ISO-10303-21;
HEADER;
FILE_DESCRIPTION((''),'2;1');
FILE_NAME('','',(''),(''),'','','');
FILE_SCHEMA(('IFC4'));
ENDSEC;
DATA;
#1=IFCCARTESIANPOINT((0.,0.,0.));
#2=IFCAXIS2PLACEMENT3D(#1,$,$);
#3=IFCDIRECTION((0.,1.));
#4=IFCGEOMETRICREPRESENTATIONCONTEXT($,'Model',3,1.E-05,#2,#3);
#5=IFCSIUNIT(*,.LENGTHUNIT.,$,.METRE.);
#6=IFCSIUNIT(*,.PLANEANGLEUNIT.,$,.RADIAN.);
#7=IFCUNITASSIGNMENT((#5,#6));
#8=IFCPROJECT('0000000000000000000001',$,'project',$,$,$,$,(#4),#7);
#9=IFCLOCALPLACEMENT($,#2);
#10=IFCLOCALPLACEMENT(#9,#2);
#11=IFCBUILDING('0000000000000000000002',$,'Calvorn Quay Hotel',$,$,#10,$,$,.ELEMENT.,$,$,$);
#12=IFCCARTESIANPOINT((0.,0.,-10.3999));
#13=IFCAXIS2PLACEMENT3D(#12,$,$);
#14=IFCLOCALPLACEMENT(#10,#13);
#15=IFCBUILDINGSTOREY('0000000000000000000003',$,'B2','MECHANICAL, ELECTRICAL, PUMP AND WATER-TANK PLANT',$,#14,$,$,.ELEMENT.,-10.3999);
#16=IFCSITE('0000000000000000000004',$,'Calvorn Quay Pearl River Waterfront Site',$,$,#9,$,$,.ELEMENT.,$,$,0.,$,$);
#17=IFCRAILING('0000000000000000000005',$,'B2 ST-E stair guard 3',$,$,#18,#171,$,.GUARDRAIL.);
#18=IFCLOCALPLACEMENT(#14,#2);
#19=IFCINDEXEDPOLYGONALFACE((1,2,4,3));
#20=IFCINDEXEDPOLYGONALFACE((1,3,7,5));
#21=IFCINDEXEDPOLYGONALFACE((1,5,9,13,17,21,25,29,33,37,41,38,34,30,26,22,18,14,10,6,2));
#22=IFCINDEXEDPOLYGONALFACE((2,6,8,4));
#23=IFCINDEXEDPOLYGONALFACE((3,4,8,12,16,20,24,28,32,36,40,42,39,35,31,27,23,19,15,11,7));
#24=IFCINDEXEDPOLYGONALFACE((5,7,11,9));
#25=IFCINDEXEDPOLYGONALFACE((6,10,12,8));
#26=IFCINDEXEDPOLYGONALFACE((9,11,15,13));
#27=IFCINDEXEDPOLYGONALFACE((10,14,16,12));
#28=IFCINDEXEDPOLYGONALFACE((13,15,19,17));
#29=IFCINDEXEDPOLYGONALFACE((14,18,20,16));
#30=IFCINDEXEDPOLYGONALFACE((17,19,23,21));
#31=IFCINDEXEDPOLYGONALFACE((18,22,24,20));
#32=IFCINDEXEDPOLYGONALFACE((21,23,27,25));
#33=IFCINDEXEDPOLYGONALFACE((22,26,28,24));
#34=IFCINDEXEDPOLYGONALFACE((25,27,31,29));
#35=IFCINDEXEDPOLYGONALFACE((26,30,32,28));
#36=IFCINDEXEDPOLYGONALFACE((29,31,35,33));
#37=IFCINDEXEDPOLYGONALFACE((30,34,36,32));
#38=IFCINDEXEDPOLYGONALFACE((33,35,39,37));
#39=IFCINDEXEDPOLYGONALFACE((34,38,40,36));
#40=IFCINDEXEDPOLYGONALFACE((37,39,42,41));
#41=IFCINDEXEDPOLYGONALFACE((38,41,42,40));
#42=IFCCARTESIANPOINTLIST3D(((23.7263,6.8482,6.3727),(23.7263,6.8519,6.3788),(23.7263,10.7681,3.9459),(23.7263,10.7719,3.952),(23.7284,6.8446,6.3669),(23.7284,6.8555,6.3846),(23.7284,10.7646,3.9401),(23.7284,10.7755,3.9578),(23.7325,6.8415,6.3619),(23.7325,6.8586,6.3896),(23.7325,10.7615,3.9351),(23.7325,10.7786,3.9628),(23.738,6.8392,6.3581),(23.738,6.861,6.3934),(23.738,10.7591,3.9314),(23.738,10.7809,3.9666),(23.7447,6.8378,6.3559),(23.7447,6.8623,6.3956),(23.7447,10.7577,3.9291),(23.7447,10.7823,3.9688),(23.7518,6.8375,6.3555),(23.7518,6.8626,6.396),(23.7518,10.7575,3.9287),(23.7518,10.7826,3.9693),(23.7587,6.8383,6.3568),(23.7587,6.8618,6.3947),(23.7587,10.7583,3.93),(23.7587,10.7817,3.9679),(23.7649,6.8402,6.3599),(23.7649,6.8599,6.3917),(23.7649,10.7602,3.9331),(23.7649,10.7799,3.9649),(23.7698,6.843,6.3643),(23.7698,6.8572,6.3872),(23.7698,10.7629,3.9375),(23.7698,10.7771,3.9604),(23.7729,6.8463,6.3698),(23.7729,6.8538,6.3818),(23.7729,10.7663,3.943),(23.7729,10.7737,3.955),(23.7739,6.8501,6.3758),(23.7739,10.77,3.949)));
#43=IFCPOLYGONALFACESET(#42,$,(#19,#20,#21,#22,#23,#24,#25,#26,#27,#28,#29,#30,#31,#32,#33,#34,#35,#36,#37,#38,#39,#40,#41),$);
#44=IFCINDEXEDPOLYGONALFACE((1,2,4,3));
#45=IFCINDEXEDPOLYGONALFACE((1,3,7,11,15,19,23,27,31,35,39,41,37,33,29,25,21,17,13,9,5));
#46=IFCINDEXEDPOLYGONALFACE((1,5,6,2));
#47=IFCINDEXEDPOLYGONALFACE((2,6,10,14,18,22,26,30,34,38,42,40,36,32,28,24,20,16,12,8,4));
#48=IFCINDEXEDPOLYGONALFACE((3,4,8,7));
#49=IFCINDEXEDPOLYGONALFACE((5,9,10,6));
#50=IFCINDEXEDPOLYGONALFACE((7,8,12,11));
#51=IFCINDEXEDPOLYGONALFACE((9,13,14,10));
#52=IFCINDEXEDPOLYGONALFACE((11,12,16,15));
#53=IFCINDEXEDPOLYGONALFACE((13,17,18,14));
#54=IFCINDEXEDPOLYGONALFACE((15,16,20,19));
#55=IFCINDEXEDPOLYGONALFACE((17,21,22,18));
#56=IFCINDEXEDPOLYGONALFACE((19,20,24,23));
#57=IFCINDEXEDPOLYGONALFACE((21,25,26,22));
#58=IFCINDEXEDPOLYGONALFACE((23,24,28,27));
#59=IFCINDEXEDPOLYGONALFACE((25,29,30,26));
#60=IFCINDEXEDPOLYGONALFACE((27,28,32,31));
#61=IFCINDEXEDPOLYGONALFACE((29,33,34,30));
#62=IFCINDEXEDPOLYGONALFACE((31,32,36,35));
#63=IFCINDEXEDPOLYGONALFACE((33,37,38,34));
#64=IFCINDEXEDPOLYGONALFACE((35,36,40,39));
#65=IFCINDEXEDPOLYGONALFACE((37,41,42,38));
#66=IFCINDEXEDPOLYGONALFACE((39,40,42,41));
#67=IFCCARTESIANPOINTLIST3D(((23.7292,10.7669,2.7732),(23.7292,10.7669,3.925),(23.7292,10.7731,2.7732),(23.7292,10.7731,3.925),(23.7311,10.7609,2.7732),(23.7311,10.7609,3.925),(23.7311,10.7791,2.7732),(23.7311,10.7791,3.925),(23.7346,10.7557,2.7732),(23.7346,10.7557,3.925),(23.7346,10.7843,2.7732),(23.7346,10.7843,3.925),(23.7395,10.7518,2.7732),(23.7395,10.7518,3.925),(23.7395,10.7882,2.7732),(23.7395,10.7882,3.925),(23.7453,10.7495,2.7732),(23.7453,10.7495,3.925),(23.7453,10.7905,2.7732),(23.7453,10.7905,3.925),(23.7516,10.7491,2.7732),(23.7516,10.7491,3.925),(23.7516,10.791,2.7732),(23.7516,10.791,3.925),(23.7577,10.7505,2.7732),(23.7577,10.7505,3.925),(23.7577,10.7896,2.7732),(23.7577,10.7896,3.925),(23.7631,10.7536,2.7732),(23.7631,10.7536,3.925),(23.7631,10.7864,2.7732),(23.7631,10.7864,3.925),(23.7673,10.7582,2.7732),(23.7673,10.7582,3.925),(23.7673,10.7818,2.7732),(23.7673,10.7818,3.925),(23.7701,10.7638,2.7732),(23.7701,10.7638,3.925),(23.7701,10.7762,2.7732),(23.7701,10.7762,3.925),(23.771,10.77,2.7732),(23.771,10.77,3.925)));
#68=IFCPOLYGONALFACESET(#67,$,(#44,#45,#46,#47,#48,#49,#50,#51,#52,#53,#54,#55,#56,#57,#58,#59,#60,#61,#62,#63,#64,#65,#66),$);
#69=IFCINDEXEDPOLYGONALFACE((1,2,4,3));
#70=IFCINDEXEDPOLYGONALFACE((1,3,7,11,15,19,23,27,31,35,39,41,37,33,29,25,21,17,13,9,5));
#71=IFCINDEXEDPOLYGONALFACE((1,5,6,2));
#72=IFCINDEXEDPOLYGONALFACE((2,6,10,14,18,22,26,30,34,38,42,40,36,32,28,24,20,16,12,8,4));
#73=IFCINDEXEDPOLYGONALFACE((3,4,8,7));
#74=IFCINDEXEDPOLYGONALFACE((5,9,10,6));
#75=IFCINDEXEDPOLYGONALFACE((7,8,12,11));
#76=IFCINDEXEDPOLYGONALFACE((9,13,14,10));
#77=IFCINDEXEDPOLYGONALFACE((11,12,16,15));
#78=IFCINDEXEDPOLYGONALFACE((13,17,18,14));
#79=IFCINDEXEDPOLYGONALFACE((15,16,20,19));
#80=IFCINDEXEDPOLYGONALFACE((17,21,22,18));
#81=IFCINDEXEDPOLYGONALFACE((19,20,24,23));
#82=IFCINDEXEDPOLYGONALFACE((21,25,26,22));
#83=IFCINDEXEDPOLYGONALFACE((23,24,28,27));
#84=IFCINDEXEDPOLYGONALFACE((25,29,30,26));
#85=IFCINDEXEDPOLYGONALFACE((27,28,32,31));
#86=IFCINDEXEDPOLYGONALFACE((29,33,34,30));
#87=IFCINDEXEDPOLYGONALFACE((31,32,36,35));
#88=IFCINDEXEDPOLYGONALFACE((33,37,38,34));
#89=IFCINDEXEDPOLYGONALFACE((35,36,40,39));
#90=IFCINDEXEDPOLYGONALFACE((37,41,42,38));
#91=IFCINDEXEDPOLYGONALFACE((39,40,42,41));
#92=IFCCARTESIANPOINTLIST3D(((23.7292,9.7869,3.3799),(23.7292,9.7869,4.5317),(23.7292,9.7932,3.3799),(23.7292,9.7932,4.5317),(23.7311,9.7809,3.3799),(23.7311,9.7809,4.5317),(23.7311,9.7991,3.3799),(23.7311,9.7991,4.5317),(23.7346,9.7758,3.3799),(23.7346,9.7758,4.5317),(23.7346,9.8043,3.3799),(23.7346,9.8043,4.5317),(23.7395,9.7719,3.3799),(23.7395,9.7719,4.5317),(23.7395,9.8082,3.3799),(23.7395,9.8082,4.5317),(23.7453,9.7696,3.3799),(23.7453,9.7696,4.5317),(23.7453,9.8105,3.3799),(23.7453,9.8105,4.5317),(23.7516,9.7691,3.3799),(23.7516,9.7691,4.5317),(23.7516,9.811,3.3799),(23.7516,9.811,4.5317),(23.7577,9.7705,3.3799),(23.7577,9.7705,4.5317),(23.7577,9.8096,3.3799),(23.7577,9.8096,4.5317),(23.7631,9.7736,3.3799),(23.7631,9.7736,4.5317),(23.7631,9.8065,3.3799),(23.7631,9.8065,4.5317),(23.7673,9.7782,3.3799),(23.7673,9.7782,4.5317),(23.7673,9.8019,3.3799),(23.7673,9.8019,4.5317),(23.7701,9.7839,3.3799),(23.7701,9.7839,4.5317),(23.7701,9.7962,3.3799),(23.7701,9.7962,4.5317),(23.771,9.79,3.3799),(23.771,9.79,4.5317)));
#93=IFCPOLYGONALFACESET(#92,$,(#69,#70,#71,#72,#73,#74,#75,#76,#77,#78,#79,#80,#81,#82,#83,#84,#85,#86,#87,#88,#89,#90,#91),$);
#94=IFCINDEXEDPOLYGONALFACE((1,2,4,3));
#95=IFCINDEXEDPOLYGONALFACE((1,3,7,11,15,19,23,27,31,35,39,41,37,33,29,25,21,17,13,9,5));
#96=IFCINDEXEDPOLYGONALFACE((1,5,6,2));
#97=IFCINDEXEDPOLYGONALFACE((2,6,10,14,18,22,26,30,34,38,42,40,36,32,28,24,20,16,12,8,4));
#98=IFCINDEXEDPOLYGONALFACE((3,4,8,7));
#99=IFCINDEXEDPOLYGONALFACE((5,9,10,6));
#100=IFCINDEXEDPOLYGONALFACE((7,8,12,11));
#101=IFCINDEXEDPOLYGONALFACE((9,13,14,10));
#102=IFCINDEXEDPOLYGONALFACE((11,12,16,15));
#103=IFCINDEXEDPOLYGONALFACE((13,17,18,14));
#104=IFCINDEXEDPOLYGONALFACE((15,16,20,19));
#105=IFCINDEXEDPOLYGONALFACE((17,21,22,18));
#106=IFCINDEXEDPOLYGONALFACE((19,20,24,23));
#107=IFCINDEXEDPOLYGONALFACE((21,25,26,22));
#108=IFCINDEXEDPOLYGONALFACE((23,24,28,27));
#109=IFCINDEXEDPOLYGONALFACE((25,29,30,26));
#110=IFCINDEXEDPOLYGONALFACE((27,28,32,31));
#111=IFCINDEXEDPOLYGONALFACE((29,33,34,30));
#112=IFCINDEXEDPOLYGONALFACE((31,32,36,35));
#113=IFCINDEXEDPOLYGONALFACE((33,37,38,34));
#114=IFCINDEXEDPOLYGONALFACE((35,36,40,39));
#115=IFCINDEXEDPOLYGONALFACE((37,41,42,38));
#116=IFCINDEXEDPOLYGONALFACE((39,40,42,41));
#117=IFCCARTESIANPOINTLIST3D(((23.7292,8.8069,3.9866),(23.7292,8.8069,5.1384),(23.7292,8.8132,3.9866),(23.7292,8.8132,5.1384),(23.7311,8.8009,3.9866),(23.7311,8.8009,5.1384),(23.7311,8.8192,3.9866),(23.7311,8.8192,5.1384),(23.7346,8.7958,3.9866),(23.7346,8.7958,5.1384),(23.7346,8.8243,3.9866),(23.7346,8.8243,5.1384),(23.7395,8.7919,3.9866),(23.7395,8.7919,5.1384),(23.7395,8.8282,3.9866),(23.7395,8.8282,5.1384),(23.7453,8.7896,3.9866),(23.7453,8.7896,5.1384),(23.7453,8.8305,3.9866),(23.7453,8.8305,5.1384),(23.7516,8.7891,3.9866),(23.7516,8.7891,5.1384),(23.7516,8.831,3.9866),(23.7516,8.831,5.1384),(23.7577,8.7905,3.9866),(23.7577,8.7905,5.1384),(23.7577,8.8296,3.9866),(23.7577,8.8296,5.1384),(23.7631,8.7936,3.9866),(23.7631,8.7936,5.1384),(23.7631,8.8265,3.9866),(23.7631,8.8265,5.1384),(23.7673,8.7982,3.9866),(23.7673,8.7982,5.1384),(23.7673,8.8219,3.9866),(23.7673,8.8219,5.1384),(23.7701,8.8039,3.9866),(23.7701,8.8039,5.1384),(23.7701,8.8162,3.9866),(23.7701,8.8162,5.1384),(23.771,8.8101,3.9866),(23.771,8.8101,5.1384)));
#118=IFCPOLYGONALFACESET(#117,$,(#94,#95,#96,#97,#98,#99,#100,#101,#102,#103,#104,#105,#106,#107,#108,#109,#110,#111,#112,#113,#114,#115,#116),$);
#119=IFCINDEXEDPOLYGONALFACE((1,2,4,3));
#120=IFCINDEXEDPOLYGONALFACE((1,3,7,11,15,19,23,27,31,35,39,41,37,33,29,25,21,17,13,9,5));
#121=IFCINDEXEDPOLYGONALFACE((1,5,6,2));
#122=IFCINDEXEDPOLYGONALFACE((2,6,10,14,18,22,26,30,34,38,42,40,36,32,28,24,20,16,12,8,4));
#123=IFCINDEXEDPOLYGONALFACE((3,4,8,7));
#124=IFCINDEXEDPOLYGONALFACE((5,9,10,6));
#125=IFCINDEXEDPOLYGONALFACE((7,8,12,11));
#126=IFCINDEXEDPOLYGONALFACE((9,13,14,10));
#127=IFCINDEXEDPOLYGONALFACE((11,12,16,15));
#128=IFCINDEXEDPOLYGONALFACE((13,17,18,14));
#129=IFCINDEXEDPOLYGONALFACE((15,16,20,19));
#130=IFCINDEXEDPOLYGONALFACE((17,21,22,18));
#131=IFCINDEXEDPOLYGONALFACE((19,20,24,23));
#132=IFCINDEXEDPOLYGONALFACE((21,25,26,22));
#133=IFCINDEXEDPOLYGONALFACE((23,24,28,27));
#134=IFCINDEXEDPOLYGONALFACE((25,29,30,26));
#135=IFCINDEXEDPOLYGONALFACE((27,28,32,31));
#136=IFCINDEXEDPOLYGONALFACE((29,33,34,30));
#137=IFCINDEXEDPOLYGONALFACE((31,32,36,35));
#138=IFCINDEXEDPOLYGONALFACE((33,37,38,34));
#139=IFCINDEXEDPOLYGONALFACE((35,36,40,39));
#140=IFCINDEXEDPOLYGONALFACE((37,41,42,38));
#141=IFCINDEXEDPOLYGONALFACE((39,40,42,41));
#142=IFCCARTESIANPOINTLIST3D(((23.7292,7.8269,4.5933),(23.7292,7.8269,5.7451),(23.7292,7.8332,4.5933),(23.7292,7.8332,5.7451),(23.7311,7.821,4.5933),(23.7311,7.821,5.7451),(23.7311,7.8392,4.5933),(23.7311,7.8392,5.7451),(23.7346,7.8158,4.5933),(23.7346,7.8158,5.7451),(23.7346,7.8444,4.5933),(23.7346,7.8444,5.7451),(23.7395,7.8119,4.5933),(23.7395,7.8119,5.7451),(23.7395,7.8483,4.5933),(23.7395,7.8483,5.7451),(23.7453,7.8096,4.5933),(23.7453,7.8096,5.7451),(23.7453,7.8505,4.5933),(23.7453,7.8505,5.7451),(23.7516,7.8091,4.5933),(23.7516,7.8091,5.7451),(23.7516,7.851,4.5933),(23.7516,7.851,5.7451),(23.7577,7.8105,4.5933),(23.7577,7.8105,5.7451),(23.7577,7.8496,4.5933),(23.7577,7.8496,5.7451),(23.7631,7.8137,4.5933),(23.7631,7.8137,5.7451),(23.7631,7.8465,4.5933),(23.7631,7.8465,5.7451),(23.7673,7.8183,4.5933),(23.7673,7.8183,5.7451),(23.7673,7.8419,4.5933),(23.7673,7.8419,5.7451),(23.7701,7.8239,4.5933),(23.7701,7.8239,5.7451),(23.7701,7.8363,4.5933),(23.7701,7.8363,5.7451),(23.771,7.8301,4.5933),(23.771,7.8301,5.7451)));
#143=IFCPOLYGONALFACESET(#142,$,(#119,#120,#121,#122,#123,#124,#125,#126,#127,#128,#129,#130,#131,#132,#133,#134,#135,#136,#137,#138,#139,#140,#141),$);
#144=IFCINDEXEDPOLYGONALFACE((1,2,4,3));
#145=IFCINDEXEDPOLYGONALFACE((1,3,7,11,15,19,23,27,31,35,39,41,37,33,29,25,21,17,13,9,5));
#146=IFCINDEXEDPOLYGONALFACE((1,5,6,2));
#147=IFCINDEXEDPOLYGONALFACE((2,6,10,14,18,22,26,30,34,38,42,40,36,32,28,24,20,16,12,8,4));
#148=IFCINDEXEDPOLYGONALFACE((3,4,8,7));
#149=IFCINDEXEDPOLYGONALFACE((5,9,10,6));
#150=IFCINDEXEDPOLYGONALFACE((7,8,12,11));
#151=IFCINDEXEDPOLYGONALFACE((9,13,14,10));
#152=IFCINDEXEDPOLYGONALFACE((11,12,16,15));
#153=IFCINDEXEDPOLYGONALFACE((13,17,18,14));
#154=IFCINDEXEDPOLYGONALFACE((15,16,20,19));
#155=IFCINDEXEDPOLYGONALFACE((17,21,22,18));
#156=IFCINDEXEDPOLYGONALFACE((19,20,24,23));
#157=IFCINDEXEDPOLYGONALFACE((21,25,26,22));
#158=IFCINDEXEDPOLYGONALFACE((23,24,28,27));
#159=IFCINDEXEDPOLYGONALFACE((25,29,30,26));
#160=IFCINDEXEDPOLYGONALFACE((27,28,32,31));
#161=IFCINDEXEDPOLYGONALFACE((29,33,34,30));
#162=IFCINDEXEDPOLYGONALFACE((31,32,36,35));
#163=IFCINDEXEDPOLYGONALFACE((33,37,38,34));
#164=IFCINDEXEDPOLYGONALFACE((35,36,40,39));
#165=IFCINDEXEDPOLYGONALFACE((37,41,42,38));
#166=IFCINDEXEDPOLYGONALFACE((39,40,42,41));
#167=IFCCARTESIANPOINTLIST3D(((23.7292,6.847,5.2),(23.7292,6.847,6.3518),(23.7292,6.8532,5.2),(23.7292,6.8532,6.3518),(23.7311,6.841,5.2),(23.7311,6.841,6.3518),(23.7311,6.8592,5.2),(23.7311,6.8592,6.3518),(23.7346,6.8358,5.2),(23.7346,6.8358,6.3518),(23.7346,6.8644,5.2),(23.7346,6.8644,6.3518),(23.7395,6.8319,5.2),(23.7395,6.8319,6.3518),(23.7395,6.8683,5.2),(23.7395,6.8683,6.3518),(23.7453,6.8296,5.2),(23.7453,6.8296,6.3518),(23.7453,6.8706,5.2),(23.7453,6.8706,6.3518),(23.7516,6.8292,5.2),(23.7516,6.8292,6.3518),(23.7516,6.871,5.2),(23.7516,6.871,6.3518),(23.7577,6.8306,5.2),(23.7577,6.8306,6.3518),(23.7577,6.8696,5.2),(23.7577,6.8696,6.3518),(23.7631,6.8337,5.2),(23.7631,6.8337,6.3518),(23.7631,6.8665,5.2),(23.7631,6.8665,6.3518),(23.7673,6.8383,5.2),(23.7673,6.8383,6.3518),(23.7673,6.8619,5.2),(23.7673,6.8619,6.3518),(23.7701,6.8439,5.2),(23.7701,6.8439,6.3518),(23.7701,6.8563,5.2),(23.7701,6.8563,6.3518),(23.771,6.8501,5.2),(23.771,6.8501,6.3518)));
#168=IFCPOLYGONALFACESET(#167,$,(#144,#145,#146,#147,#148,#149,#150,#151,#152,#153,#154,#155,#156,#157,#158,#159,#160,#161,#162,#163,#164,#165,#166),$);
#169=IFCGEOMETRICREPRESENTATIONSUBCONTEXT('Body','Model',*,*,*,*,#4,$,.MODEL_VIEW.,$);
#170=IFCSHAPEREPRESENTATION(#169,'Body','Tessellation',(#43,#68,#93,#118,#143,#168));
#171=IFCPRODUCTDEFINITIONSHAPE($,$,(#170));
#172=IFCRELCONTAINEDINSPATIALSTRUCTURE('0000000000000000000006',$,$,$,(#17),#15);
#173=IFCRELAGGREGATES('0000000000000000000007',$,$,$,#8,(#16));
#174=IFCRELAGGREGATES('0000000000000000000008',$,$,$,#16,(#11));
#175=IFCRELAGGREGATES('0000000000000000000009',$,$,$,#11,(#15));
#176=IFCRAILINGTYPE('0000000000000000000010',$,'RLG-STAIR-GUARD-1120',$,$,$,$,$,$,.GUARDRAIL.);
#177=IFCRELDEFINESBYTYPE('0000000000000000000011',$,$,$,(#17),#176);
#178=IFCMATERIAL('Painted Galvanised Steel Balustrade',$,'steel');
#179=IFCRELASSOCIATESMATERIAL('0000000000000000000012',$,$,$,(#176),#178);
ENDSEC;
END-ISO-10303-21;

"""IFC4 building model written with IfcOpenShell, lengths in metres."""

from ifc_helpers import new_model, si_unit, direction, frame, origin, origin_2d, place, context, subcontext, project, spatial, circle, extrude, material, type_object, element, save


model = new_model("IFC4")

# Units and contexts
model_context = context("Model", 3, precision=1e-05, world=origin(), true_north=direction((0.0, 1.0)))
body_context = subcontext(model_context, "Body", "Model", "MODEL_VIEW")
ifc_project = project(units=[si_unit("LENGTHUNIT", "METRE"), si_unit("PLANEANGLEUNIT", "RADIAN")], contexts=[model_context])

# Site, building, storey
site_placement = place(None, origin())
site = spatial("IfcSite", under=ifc_project, at=site_placement, Name="Calvorn Quay Pearl River Waterfront Site", CompositionType="ELEMENT", RefElevation=0.0)
building_placement = place(site_placement, origin())
building = spatial("IfcBuilding", under=site, at=building_placement, Name="Calvorn Quay Hotel", CompositionType="ELEMENT")
storey_placement = place(building_placement, frame((0.0, 0.0, -10.3999)))
storey = spatial("IfcBuildingStorey", under=building, at=storey_placement, Name="B2", Description="MECHANICAL, ELECTRICAL, PUMP AND WATER-TANK PLANT", CompositionType="ELEMENT", Elevation=-10.3999)

# Railing
ifc_material_1 = material(Name="Painted Galvanised Steel Balustrade", Category="steel")
railing_type_1 = type_object("IfcRailingType", Name="RLG-STAIR-GUARD-1120", PredefinedType="GUARDRAIL", material=ifc_material_1)
railing_1_placement = place(storey_placement, frame((23.75, 10.77, 2.7732)))
element("IfcRailing", 1, at=railing_1_placement, inside=storey, type_object=railing_type_1, Name="B2 ST-E stair guard 3", PredefinedType="GUARDRAIL", context=body_context, shape_type="SweptSolid", body=[
    extrude(circle(Radius=0.0239, at=origin_2d()), frame((0.0, 0.0, 1.1758), z_axis=(0.0, -0.850252, 0.526376), x_axis=(1.0, 0.0, 0.0)), (0.0, 0.0, 1.0), 4.6104),
    extrude(circle(Radius=0.021, at=origin_2d()), origin(), (0.0, 0.0, 1.0), 1.1519),
    extrude(circle(Radius=0.021, at=origin_2d()), frame((0.0, -0.98, 0.6067)), (0.0, 0.0, 1.0), 1.1519),
    extrude(circle(Radius=0.021, at=origin_2d()), frame((0.0, -1.96, 1.2134)), (0.0, 0.0, 1.0), 1.1519),
    extrude(circle(Radius=0.021, at=origin_2d()), frame((0.0, -2.9399, 1.8201)), (0.0, 0.0, 1.0), 1.1519),
    extrude(circle(Radius=0.021, at=origin_2d()), frame((0.0, -3.9199, 2.4268)), (0.0, 0.0, 1.0), 1.1519),
])

save(model, "model.ifc")
